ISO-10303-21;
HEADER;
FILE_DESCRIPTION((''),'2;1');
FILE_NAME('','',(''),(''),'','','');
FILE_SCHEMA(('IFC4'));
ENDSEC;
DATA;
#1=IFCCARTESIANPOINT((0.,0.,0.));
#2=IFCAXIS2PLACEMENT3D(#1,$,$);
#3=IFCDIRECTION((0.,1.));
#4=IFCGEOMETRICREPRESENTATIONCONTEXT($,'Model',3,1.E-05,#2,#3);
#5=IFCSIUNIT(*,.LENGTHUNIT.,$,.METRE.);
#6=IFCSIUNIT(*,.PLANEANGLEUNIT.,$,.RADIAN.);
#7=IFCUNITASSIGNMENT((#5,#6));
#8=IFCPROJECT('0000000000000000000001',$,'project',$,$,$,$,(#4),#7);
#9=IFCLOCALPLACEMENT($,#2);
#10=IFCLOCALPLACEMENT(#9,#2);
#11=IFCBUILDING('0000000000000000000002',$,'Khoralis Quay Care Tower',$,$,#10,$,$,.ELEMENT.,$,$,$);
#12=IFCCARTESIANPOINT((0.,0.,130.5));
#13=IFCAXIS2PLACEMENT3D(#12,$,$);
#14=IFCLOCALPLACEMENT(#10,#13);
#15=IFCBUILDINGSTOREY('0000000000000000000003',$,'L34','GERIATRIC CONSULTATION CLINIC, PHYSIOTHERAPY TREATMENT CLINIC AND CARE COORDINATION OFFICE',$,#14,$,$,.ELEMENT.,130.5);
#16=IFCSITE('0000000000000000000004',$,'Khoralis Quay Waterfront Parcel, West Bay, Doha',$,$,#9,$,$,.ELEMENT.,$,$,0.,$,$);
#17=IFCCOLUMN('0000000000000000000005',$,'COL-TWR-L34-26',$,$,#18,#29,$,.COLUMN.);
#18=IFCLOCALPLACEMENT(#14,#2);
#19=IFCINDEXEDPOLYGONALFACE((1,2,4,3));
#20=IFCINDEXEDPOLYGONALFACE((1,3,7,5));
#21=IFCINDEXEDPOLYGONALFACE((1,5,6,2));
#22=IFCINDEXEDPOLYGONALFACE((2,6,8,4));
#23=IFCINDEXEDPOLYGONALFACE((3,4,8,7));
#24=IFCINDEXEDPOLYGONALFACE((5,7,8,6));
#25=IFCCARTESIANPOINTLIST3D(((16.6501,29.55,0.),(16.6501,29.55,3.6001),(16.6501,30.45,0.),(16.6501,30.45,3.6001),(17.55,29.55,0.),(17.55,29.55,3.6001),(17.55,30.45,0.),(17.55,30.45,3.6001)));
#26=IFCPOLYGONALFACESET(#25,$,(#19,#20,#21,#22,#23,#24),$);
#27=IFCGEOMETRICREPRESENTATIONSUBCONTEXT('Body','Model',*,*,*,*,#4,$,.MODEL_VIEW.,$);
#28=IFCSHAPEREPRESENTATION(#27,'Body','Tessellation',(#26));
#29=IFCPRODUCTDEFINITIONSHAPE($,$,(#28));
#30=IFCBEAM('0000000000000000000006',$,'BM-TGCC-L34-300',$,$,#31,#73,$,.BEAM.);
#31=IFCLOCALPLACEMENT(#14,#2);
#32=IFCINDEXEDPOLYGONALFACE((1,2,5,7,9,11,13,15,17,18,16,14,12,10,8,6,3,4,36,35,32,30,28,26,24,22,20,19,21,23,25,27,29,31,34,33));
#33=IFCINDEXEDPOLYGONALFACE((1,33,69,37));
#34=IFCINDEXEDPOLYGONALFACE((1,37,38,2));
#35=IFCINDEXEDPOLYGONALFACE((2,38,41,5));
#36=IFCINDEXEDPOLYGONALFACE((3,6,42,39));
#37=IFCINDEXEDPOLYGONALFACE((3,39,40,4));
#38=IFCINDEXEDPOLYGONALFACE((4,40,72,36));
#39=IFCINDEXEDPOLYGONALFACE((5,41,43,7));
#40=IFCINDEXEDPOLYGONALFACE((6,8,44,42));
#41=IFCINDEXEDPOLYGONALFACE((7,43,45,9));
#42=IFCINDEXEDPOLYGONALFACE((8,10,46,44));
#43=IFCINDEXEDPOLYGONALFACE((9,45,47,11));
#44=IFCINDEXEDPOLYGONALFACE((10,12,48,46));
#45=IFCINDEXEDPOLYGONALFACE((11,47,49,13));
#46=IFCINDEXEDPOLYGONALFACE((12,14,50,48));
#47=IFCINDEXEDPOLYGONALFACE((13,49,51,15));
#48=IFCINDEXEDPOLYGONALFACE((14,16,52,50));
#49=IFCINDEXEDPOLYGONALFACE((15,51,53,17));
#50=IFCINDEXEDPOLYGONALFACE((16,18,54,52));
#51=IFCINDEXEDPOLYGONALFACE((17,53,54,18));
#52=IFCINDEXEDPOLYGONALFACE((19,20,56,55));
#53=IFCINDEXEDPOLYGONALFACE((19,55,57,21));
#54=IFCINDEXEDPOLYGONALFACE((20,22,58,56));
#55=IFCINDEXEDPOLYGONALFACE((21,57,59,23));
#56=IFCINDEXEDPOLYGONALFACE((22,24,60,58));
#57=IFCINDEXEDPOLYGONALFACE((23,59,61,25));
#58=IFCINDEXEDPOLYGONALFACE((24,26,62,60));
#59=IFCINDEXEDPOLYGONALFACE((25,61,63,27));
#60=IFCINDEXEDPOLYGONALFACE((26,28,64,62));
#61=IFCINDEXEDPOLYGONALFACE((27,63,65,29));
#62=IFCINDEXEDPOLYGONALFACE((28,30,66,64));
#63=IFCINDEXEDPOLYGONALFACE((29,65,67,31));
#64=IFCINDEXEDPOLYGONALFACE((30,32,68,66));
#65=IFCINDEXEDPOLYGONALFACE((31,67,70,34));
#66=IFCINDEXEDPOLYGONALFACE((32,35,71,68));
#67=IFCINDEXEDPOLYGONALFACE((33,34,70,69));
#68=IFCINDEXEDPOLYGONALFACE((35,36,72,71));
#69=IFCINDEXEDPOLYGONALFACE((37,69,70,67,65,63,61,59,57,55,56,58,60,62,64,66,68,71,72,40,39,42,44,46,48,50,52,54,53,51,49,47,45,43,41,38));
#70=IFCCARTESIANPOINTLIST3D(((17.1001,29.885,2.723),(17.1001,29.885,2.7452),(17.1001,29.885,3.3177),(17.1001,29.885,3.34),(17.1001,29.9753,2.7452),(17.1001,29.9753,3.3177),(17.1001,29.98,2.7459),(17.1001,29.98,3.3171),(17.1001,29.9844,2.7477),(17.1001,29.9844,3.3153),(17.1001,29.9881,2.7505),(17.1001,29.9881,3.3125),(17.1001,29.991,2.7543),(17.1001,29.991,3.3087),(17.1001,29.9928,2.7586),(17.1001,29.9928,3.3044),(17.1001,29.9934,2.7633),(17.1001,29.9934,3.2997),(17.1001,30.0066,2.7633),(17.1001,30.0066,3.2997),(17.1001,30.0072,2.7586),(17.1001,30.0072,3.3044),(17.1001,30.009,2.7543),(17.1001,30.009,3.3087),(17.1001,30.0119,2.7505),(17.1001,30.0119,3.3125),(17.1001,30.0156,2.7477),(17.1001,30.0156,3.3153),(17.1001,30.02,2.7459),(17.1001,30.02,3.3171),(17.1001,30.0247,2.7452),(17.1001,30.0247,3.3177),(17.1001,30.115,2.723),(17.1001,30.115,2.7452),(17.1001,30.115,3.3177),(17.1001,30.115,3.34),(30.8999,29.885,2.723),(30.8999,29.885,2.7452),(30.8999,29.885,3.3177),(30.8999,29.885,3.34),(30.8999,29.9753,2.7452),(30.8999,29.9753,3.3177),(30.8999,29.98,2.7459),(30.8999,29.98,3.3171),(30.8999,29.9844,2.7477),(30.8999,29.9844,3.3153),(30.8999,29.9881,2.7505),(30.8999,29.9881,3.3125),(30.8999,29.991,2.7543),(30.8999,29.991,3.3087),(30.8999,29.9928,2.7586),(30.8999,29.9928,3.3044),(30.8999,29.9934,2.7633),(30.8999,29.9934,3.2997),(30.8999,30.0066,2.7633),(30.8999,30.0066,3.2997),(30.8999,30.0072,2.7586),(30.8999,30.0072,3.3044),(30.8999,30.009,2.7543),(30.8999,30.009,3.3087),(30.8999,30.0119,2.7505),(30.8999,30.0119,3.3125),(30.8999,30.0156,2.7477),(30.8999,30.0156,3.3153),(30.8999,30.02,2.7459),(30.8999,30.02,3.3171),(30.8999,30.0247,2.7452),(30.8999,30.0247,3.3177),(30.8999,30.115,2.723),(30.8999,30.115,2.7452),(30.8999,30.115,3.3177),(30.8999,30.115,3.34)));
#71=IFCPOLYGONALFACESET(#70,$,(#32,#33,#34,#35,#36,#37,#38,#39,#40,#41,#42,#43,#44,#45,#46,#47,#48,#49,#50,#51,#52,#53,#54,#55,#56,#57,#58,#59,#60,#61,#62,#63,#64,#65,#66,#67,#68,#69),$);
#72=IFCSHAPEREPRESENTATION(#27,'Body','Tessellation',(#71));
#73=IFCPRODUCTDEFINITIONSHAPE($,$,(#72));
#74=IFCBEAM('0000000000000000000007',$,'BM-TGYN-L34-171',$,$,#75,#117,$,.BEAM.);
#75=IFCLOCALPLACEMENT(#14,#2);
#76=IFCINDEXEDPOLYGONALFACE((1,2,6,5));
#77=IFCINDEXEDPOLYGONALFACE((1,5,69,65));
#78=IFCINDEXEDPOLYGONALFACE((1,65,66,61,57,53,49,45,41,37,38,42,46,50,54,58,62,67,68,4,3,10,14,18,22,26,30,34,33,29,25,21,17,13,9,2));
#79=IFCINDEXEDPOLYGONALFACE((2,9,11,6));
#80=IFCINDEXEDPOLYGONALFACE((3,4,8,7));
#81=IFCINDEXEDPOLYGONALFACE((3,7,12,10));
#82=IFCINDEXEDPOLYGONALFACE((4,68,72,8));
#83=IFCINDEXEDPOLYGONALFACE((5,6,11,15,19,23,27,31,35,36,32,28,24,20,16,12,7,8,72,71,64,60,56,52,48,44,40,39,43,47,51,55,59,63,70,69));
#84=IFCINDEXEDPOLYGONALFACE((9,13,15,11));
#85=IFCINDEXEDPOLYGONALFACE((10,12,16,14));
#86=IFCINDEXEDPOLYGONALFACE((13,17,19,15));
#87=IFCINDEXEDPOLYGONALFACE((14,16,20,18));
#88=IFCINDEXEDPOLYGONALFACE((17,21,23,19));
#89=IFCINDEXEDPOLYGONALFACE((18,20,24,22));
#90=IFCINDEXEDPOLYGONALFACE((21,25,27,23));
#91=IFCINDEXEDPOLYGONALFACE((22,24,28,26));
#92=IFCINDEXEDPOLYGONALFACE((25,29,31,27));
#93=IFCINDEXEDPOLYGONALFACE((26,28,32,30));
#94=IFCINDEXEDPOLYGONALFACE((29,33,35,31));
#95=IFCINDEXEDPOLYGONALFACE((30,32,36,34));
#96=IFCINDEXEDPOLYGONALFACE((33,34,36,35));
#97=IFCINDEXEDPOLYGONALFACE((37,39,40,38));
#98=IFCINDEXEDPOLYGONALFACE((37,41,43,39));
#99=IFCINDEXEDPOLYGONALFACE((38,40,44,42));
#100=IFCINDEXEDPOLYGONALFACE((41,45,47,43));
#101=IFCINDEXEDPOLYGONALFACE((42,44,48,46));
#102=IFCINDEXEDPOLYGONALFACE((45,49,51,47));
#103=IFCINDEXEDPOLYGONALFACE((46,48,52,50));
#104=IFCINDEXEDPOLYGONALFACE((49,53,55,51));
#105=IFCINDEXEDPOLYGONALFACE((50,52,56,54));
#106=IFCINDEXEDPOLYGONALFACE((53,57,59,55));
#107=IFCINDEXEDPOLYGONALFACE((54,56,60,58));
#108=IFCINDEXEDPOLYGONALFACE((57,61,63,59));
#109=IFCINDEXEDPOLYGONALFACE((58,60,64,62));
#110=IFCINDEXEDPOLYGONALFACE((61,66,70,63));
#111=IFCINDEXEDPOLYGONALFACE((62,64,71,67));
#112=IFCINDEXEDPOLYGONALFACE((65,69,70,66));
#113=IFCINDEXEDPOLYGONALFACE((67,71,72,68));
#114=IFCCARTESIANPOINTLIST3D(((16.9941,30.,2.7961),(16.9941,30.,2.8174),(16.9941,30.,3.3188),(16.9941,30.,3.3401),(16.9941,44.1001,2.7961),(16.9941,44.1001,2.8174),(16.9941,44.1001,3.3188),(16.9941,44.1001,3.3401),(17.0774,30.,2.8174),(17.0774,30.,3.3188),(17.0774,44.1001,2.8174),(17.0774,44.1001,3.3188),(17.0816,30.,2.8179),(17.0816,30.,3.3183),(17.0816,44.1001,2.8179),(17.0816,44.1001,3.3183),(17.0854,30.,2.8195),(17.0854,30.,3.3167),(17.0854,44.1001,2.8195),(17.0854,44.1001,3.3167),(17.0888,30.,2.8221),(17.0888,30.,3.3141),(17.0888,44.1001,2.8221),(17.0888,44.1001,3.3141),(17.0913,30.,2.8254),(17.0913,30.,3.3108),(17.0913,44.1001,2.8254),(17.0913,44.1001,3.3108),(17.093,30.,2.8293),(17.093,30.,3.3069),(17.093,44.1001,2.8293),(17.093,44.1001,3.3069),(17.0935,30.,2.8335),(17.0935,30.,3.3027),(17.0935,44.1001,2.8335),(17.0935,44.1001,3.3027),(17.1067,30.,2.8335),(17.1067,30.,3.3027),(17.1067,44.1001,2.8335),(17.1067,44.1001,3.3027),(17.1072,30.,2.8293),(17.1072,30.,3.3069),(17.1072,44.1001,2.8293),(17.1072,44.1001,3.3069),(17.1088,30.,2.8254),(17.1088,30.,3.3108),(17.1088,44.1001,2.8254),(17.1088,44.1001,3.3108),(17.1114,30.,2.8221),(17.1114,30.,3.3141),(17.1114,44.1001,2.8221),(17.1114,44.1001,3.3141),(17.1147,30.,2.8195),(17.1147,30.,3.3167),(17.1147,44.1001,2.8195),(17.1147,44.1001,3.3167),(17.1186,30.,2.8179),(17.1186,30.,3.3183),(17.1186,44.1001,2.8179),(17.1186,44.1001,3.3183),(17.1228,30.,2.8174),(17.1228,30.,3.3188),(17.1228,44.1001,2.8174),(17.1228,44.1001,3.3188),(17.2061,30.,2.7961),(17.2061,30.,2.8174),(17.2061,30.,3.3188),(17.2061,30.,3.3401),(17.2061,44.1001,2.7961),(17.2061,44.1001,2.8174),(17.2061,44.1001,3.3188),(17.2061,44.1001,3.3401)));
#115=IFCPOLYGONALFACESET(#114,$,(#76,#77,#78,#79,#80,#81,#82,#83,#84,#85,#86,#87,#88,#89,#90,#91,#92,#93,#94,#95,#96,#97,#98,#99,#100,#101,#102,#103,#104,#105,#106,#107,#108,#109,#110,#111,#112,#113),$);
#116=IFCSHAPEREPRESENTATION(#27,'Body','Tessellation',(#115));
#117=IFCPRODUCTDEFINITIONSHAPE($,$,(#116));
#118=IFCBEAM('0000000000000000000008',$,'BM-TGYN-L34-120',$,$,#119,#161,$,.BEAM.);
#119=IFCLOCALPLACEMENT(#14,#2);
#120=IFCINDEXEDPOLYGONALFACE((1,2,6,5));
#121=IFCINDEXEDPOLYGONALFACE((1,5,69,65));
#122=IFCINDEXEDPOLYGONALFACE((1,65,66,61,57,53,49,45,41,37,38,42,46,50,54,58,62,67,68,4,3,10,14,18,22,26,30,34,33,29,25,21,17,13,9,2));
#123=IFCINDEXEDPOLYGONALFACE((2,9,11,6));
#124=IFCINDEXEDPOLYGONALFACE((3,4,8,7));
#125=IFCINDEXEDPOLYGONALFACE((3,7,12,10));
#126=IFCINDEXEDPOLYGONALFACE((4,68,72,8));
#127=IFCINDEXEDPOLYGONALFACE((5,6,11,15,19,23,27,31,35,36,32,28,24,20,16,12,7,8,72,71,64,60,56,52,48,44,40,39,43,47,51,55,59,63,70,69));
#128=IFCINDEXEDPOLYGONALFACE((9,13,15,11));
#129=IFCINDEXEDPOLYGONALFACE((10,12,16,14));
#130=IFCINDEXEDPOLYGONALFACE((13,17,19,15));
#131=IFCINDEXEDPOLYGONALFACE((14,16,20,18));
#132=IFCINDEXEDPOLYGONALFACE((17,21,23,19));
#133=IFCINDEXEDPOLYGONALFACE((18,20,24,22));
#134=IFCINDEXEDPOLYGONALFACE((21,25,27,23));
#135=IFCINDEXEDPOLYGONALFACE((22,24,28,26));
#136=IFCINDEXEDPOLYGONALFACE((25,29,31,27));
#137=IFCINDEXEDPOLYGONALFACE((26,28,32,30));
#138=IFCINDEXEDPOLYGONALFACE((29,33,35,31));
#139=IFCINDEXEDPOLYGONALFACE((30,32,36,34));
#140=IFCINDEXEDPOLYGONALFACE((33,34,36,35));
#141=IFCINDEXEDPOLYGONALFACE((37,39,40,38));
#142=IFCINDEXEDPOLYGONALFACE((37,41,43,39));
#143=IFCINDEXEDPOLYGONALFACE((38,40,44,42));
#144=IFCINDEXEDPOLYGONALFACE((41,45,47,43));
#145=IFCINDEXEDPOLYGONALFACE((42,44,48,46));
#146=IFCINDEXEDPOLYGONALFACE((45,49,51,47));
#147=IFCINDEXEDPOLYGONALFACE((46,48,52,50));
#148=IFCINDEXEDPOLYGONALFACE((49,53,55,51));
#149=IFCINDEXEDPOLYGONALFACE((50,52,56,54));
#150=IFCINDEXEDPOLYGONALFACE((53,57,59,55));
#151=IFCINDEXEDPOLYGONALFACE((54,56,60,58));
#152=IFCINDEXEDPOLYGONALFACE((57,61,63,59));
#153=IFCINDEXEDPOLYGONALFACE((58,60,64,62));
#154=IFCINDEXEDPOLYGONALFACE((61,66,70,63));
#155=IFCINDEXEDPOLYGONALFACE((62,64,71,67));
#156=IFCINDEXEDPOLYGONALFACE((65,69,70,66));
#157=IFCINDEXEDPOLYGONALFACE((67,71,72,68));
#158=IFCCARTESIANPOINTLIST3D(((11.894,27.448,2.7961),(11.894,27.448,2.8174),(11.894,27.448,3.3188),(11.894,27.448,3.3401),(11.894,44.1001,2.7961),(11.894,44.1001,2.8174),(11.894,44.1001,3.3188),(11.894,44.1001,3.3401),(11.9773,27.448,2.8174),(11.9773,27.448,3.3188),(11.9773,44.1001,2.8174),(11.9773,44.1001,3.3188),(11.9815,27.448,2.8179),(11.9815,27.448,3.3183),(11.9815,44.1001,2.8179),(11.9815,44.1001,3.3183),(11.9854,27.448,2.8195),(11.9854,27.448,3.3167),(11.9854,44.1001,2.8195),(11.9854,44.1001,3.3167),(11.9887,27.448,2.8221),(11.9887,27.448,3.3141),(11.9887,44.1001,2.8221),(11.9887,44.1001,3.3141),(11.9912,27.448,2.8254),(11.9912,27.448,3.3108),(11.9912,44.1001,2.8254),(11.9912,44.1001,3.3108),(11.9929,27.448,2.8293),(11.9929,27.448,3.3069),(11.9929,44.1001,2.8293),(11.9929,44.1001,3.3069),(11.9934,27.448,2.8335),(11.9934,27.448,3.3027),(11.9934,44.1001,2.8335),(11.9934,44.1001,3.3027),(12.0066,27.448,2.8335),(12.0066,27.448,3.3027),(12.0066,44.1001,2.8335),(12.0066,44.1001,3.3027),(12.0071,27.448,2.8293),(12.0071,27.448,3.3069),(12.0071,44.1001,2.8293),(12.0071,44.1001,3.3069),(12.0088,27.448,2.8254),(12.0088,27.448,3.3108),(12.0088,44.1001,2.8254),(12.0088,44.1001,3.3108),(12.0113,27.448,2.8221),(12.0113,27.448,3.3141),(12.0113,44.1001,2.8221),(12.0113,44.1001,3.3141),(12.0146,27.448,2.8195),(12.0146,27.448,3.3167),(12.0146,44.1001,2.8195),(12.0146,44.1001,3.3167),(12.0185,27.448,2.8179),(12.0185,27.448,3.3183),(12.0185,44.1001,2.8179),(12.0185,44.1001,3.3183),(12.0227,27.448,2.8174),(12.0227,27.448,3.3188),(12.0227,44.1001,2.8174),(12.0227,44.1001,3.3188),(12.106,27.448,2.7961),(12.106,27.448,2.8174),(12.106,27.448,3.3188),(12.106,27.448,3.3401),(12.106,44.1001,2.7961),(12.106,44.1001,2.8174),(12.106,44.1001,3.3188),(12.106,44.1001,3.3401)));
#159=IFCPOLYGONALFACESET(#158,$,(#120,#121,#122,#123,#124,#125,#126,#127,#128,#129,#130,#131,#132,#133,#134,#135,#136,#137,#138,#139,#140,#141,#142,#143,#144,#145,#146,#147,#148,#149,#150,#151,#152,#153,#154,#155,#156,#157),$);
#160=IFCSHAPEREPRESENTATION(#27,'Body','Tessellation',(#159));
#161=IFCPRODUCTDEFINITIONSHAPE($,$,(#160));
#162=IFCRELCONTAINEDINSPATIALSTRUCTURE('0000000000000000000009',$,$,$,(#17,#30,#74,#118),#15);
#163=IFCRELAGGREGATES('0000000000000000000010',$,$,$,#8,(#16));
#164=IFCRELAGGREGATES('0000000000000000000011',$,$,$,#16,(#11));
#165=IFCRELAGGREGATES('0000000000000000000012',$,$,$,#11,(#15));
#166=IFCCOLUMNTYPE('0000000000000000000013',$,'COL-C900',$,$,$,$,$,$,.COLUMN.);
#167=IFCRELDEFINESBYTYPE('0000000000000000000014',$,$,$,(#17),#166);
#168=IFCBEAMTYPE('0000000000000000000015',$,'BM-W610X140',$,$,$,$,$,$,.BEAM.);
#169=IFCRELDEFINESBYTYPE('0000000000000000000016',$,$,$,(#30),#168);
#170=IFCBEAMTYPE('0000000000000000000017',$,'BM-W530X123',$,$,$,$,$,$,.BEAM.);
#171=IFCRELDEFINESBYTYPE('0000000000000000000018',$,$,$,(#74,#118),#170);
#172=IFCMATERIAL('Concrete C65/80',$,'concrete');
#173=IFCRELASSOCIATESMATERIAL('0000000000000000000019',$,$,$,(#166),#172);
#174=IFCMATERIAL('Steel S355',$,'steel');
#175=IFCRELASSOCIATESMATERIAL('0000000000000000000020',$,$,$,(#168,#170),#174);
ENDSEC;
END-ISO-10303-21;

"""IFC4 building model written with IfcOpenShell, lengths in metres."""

from ifc_helpers import new_model, si_unit, direction, frame, origin, origin_2d, place, context, subcontext, project, spatial, rectangle, i_section, extrude, source, transform, mapped, material, material_profile, profile_set, type_object, element, save


model = new_model("IFC4")

# Units and contexts
model_context = context("Model", 3, precision=1e-05, world=origin(), true_north=direction((0.0, 1.0)))
body_context = subcontext(model_context, "Body", "Model", "MODEL_VIEW")
ifc_project = project(units=[si_unit("LENGTHUNIT", "METRE"), si_unit("PLANEANGLEUNIT", "RADIAN")], contexts=[model_context])

# Site, building, storey
site_placement = place(None, origin())
site = spatial("IfcSite", under=ifc_project, at=site_placement, Name="Khoralis Quay Waterfront Parcel, West Bay, Doha", CompositionType="ELEMENT", RefElevation=0.0)
building_placement = place(site_placement, origin())
building = spatial("IfcBuilding", under=site, at=building_placement, Name="Khoralis Quay Care Tower", CompositionType="ELEMENT")
storey_placement = place(building_placement, frame((0.0, 0.0, 130.5)))
storey = spatial("IfcBuildingStorey", under=building, at=storey_placement, Name="L34", Description="GERIATRIC CONSULTATION CLINIC, PHYSIOTHERAPY TREATMENT CLINIC AND CARE COORDINATION OFFICE", CompositionType="ELEMENT", Elevation=130.5)

# Column
ifc_material_1 = material(Name="Concrete C65/80", Category="concrete")
ifc_material_profile_1 = material_profile(ifc_material_1, rectangle(XDim=0.8999, YDim=0.8999, at=origin_2d()), Name="Concrete C65/80")
ifc_profile_set_1 = profile_set([ifc_material_profile_1], Name="Concrete C65/80")
column_type = type_object("IfcColumnType", Name="COL-C900", PredefinedType="COLUMN", material=ifc_profile_set_1)
shared_shape_1 = source(origin(), body_context, "Body", "SweptSolid", [
    extrude(rectangle(XDim=0.8999, YDim=0.8999, at=origin_2d()), origin(), (0.0, 0.0, 1.0), 3.6001),
])
column_placement = place(storey_placement, frame((17.1001, 30.0, 0.0), z_axis=(0.0, 0.0, 1.0), x_axis=(1.0, 0.0, 0.0)))
element("IfcColumn", 1, at=column_placement, inside=storey, type_object=column_type, Name="COL-TWR-L34-26", PredefinedType="COLUMN", context=body_context, shape_type="MappedRepresentation", body=[
    mapped(shared_shape_1, transform((0.0, 0.0, 0.0), scale=1.0)),
])

# Beams
ifc_material_2 = material(Name="Steel S355", Category="steel")
ifc_material_profile_2 = material_profile(ifc_material_2, i_section(OverallWidth=0.23, OverallDepth=0.6169, WebThickness=0.0132, FlangeThickness=0.0222, FilletRadius=0.0181, at=origin_2d()), Name="Steel S355")
ifc_profile_set_2 = profile_set([ifc_material_profile_2], Name="Steel S355")
beam_type_1 = type_object("IfcBeamType", Name="BM-W610X140", PredefinedType="BEAM", material=ifc_profile_set_2)
shared_shape_2 = source(origin(), body_context, "Body", "SweptSolid", [
    extrude(i_section(OverallWidth=0.23, OverallDepth=0.6169, WebThickness=0.0132, FlangeThickness=0.0222, FilletRadius=0.0181, at=origin_2d()), origin(), (0.0, 0.0, 1.0), 13.7998),
])
beam_1_placement = place(storey_placement, frame((17.1001, 30.0, 3.0315), z_axis=(1.0, 0.0, 0.0), x_axis=(0.0, 1.0, 0.0)))
element("IfcBeam", 2, at=beam_1_placement, inside=storey, type_object=beam_type_1, Name="BM-TGCC-L34-300", PredefinedType="BEAM", context=body_context, shape_type="MappedRepresentation", body=[
    mapped(shared_shape_2, transform((0.0, 0.0, 0.0), scale=1.0)),
])
ifc_material_profile_3 = material_profile(ifc_material_2, i_section(OverallWidth=0.2119, OverallDepth=0.5439, WebThickness=0.0132, FlangeThickness=0.0212, FilletRadius=0.0161, at=origin_2d()), Name="Steel S355")
ifc_profile_set_3 = profile_set([ifc_material_profile_3], Name="Steel S355")
beam_type_2 = type_object("IfcBeamType", Name="BM-W530X123", PredefinedType="BEAM", material=ifc_profile_set_3)
shared_shape_3 = source(origin(), body_context, "Body", "SweptSolid", [
    extrude(i_section(OverallWidth=0.2119, OverallDepth=0.5439, WebThickness=0.0132, FlangeThickness=0.0212, FilletRadius=0.0161, at=origin_2d()), origin(), (0.0, 0.0, 1.0), 14.1001),
])
beam_2_placement = place(storey_placement, frame((17.1001, 30.0, 3.0681), z_axis=(0.0, 1.0, 0.0), x_axis=(-1.0, 0.0, 0.0)))
element("IfcBeam", 3, at=beam_2_placement, inside=storey, type_object=beam_type_2, Name="BM-TGYN-L34-171", PredefinedType="BEAM", context=body_context, shape_type="MappedRepresentation", body=[
    mapped(shared_shape_3, transform((0.0, 0.0, 0.0), scale=1.0)),
])
shared_shape_4 = source(origin(), body_context, "Body", "SweptSolid", [
    extrude(i_section(OverallWidth=0.2119, OverallDepth=0.5439, WebThickness=0.0132, FlangeThickness=0.0212, FilletRadius=0.0161, at=origin_2d()), origin(), (0.0, 0.0, 1.0), 16.6521),
])
beam_3_placement = place(storey_placement, frame((12.0, 27.448, 3.0681), z_axis=(0.0, 1.0, 0.0), x_axis=(-1.0, 0.0, 0.0)))
element("IfcBeam", 4, at=beam_3_placement, inside=storey, type_object=beam_type_2, Name="BM-TGYN-L34-120", PredefinedType="BEAM", context=body_context, shape_type="MappedRepresentation", body=[
    mapped(shared_shape_4, transform((0.0, 0.0, 0.0), scale=1.0)),
])

save(model, "model.ifc")
